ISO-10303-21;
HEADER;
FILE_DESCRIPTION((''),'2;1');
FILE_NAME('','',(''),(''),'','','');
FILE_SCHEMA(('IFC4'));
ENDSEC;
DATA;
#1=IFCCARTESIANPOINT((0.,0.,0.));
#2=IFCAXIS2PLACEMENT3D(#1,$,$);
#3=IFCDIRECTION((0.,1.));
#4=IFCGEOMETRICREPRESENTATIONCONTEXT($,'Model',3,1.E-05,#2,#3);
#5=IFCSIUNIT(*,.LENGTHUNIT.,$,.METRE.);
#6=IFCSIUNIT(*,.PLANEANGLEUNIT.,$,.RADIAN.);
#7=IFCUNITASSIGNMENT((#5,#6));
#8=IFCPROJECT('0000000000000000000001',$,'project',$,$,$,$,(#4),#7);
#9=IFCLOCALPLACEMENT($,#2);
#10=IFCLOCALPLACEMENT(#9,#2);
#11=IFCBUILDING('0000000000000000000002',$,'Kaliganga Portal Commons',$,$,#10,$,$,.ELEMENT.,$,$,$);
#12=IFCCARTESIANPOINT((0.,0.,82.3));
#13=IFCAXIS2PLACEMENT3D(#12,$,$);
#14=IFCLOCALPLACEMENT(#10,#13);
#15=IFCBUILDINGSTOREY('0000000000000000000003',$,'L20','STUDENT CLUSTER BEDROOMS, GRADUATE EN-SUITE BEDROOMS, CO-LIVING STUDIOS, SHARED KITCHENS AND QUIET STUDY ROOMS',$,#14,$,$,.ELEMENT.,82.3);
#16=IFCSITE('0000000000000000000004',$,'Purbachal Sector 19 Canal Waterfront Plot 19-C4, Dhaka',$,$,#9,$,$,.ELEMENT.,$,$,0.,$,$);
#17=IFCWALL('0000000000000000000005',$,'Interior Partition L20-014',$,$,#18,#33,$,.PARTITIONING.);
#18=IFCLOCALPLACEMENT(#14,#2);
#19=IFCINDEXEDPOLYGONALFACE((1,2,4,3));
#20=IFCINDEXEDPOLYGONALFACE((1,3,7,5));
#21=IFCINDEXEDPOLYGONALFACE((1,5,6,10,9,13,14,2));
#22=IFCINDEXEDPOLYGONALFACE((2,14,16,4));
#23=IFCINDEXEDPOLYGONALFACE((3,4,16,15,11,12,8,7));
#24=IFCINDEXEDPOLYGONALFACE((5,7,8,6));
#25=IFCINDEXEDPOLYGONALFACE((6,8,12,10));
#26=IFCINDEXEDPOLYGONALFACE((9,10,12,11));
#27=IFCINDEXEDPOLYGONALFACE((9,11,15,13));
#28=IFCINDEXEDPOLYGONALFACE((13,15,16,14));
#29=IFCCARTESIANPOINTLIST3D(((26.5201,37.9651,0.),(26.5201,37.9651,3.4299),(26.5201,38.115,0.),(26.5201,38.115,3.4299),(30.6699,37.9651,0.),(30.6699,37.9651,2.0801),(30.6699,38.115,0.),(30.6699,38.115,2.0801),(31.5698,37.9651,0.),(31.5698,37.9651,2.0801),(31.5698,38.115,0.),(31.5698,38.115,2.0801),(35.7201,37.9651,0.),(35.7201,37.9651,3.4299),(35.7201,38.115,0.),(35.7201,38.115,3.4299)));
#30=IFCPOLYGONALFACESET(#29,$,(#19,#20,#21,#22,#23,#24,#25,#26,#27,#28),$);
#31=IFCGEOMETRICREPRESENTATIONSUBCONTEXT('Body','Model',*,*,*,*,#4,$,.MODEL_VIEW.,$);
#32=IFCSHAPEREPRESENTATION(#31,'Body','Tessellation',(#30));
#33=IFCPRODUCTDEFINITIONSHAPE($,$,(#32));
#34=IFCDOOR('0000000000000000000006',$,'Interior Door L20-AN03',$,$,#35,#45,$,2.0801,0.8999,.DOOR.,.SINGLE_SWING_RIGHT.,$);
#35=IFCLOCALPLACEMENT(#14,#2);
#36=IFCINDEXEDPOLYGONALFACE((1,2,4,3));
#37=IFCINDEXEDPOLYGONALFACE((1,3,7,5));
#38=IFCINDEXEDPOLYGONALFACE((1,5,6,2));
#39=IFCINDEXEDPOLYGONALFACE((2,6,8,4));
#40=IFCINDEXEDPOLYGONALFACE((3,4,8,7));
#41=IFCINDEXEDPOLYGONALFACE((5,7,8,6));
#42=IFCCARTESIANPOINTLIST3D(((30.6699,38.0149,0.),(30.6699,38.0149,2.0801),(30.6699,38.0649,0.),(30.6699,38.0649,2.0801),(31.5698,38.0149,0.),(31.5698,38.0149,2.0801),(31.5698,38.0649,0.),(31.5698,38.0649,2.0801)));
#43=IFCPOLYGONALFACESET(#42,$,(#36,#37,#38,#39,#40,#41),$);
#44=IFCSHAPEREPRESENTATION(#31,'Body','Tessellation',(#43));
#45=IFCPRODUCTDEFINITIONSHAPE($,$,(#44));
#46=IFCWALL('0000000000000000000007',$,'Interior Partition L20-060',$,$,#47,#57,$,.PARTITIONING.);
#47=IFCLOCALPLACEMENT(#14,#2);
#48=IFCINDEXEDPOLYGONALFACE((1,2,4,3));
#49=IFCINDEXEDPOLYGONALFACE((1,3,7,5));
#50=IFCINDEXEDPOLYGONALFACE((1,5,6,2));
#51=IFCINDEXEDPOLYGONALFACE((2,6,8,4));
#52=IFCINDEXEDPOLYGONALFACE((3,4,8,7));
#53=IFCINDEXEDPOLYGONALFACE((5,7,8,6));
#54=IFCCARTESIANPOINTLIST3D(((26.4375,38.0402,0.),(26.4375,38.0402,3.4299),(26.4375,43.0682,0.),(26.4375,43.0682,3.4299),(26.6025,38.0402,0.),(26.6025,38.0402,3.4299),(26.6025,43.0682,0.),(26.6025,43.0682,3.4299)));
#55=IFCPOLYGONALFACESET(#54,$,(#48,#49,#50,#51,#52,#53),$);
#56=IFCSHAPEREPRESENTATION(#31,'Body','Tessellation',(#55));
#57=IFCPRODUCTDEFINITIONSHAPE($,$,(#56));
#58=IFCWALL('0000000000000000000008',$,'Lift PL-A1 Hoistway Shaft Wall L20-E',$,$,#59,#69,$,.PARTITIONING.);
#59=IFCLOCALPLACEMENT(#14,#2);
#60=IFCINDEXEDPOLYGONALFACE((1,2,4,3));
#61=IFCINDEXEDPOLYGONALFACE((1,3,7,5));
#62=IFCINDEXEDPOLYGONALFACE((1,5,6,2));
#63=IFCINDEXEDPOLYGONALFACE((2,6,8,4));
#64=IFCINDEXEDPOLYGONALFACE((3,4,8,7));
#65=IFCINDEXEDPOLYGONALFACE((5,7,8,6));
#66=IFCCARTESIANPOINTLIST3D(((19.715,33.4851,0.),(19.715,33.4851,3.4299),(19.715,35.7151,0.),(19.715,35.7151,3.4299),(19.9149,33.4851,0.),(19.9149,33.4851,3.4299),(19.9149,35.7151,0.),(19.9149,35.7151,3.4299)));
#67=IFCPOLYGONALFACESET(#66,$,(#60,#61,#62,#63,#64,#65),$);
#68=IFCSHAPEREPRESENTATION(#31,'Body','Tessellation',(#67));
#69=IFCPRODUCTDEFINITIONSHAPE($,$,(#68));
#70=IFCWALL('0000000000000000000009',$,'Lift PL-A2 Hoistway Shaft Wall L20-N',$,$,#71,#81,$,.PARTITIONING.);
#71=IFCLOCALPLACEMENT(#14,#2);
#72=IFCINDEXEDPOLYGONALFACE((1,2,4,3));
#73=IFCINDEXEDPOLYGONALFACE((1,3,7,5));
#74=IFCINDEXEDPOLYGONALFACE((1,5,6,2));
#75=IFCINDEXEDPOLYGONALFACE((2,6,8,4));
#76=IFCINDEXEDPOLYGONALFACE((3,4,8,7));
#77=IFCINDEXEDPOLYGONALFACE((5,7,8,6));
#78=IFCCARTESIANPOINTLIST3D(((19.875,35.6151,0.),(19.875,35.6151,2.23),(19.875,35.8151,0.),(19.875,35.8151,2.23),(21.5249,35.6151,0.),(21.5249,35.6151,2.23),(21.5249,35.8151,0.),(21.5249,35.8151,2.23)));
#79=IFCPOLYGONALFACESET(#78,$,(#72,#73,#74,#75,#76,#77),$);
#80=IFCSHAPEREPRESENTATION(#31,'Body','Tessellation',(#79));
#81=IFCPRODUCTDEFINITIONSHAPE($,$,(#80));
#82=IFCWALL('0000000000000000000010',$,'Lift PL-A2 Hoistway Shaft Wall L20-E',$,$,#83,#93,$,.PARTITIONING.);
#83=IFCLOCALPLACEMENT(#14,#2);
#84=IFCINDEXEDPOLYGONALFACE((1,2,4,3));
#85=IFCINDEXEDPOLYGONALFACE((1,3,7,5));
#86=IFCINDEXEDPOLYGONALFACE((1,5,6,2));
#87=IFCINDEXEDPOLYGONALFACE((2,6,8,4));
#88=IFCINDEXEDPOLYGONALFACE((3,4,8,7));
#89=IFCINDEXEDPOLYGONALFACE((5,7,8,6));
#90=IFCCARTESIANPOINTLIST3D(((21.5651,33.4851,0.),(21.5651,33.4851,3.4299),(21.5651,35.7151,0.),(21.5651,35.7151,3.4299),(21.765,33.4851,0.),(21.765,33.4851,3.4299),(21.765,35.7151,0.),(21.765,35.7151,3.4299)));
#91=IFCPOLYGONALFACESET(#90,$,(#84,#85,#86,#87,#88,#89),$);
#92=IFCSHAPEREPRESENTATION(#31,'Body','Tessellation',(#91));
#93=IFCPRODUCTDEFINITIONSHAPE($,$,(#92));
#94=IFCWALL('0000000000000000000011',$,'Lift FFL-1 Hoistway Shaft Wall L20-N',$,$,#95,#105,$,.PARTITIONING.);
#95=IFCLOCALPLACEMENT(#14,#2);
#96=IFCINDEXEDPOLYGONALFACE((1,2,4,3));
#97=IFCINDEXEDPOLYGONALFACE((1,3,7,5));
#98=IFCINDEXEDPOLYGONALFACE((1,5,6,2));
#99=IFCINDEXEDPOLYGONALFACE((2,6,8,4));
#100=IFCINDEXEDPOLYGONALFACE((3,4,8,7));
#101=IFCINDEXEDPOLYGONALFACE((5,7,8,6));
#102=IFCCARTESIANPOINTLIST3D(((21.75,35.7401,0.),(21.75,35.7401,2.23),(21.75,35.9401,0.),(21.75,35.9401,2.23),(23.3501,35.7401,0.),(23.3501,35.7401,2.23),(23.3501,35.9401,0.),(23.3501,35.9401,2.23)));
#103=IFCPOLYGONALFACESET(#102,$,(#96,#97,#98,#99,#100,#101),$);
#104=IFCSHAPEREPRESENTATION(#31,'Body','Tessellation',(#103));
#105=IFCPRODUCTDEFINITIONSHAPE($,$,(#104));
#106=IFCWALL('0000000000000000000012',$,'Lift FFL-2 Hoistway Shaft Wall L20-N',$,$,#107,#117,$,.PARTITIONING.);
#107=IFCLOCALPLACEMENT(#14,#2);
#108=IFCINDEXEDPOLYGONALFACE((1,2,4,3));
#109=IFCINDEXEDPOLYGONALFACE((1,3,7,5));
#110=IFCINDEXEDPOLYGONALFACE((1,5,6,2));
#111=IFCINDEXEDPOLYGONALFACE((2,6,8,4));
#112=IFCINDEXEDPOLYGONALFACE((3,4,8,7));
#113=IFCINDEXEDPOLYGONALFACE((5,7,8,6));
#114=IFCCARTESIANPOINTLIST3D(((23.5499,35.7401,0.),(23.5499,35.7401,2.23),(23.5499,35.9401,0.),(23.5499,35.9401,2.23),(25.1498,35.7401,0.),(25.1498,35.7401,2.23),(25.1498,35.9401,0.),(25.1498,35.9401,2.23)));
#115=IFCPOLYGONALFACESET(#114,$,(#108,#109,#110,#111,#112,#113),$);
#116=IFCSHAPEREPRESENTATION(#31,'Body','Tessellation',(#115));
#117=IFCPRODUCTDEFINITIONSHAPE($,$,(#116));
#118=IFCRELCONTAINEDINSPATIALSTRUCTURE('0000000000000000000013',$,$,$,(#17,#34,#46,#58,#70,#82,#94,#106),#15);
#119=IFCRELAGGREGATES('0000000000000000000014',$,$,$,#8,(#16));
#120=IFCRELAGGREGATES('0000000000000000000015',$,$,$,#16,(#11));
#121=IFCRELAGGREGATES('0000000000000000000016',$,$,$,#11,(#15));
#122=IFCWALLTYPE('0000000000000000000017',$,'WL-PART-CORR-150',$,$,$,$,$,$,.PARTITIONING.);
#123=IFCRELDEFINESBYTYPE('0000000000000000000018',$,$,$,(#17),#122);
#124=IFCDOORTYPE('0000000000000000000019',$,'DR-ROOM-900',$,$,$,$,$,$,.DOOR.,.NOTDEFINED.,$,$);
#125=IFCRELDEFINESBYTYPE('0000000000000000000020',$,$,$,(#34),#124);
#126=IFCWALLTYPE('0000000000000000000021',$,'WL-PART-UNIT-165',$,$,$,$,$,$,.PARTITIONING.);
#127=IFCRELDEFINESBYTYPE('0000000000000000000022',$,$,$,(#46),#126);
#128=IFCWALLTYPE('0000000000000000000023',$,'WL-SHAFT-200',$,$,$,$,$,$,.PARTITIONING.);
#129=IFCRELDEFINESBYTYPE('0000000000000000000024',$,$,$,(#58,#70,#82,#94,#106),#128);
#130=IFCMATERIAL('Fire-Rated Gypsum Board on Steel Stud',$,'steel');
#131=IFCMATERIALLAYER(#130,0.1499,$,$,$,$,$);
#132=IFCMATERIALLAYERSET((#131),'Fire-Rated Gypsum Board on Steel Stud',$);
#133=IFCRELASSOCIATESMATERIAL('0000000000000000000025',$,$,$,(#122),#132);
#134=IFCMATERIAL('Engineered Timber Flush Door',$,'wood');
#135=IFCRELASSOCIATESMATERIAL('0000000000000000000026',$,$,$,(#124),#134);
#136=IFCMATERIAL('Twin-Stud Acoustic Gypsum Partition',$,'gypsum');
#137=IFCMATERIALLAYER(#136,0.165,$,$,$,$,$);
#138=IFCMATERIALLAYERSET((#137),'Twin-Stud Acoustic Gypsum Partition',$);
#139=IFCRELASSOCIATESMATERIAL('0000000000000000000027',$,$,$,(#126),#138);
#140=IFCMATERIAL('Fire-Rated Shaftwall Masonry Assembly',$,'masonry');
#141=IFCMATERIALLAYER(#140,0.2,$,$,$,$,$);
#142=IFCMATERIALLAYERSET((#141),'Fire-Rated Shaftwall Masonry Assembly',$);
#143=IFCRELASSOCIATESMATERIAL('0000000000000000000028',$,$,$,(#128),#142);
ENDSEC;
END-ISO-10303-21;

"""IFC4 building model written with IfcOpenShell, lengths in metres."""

from ifc_helpers import new_model, si_unit, direction, frame, frame_2d, origin, place, context, subcontext, project, spatial, rectangle, extrude, material, layer, layer_set, type_object, element, fill, save


model = new_model("IFC4")

# Units and contexts
model_context = context("Model", 3, precision=1e-05, world=origin(), true_north=direction((0.0, 1.0)))
body_context = subcontext(model_context, "Body", "Model", "MODEL_VIEW")
ifc_project = project(units=[si_unit("LENGTHUNIT", "METRE"), si_unit("PLANEANGLEUNIT", "RADIAN")], contexts=[model_context])

# Site, building, storey
site_placement = place(None, origin())
site = spatial("IfcSite", under=ifc_project, at=site_placement, Name="Purbachal Sector 19 Canal Waterfront Plot 19-C4, Dhaka", CompositionType="ELEMENT", RefElevation=0.0)
building_placement = place(site_placement, origin())
building = spatial("IfcBuilding", under=site, at=building_placement, Name="Kaliganga Portal Commons", CompositionType="ELEMENT")
storey_placement = place(building_placement, frame((0.0, 0.0, 82.3)))
storey = spatial("IfcBuildingStorey", under=building, at=storey_placement, Name="L20", Description="STUDENT CLUSTER BEDROOMS, GRADUATE EN-SUITE BEDROOMS, CO-LIVING STUDIOS, SHARED KITCHENS AND QUIET STUDY ROOMS", CompositionType="ELEMENT", Elevation=82.3)

# Wall, opening, door
ifc_material_1 = material(Name="Fire-Rated Gypsum Board on Steel Stud", Category="steel")
ifc_layer_1 = layer(ifc_material_1, 0.1499)
ifc_layer_set_1 = layer_set([ifc_layer_1], Name="Fire-Rated Gypsum Board on Steel Stud")
wall_type_1 = type_object("IfcWallType", Name="WL-PART-CORR-150", PredefinedType="PARTITIONING", material=ifc_layer_set_1)
wall_1_placement = place(storey_placement, frame((26.52, 38.04, 0.0), z_axis=(0.0, 0.0, 1.0), x_axis=(1.0, 0.0, 0.0)))
wall_1 = element("IfcWall", 1, at=wall_1_placement, inside=storey, type_object=wall_type_1, Name="Interior Partition L20-014", PredefinedType="PARTITIONING", context=body_context, shape_type="SweptSolid", body=[
    extrude(rectangle(XDim=9.2, YDim=0.1499, at=frame_2d((4.6001, 0.0))), origin(), (0.0, 0.0, 1.0), 3.4299),
])
opening_1_placement = place(wall_1_placement, frame((4.1499, 0.0, 0.0)))
opening_1 = element("IfcOpeningElement", 2, at=opening_1_placement, cuts=wall_1, PredefinedType="OPENING", context=body_context, shape_type="SweptSolid", body=[
    extrude(rectangle(XDim=0.8999, YDim=2.0801, at=frame_2d((0.45, 1.04))), frame((0.0, 0.085, 0.0), z_axis=(0.0, -1.0, 0.0), x_axis=(1.0, 0.0, 0.0)), (0.0, 0.0, 1.0), 0.1699),
])
ifc_material_2 = material(Name="Engineered Timber Flush Door", Category="wood")
door_type_1 = type_object("IfcDoorType", Name="DR-ROOM-900", OperationType="NOTDEFINED", PredefinedType="DOOR", material=ifc_material_2)
door_1_placement = place(opening_1_placement, origin())
door_1 = element("IfcDoor", 3, at=door_1_placement, inside=storey, type_object=door_type_1, Name="Interior Door L20-AN03", OperationType="SINGLE_SWING_RIGHT", OverallHeight=2.0801, OverallWidth=0.8999, PredefinedType="DOOR", context=body_context, shape_type="SweptSolid", body=[
    extrude(rectangle(XDim=0.8999, YDim=2.0801, at=frame_2d((0.45, 1.04))), frame((0.0, 0.0249, 0.0), z_axis=(0.0, -1.0, 0.0), x_axis=(1.0, 0.0, 0.0)), (0.0, 0.0, 1.0), 0.05),
])
fill(opening_1, door_1)

# Walls
ifc_material_3 = material(Name="Twin-Stud Acoustic Gypsum Partition", Category="gypsum")
ifc_layer_2 = layer(ifc_material_3, 0.165)
ifc_layer_set_2 = layer_set([ifc_layer_2], Name="Twin-Stud Acoustic Gypsum Partition")
wall_type_2 = type_object("IfcWallType", Name="WL-PART-UNIT-165", PredefinedType="PARTITIONING", material=ifc_layer_set_2)
wall_2_placement = place(storey_placement, frame((26.52, 38.04, 0.0), z_axis=(0.0, 0.0, 1.0), x_axis=(0.0, 1.0, 0.0)))
element("IfcWall", 4, at=wall_2_placement, inside=storey, type_object=wall_type_2, Name="Interior Partition L20-060", PredefinedType="PARTITIONING", context=body_context, shape_type="SweptSolid", body=[
    extrude(rectangle(XDim=5.0281, YDim=0.165, at=frame_2d((2.5142, 0.0))), origin(), (0.0, 0.0, 1.0), 3.4299),
])
ifc_material_4 = material(Name="Fire-Rated Shaftwall Masonry Assembly", Category="masonry")
ifc_layer_3 = layer(ifc_material_4, 0.2)
ifc_layer_set_3 = layer_set([ifc_layer_3], Name="Fire-Rated Shaftwall Masonry Assembly")
wall_type_3 = type_object("IfcWallType", Name="WL-SHAFT-200", PredefinedType="PARTITIONING", material=ifc_layer_set_3)
wall_3_placement = place(storey_placement, frame((19.8149, 33.4851, 0.0), z_axis=(0.0, 0.0, 1.0), x_axis=(0.0, 1.0, 0.0)))
element("IfcWall", 5, at=wall_3_placement, inside=storey, type_object=wall_type_3, Name="Lift PL-A1 Hoistway Shaft Wall L20-E", PredefinedType="PARTITIONING", context=body_context, shape_type="SweptSolid", body=[
    extrude(rectangle(XDim=2.23, YDim=0.2, at=frame_2d((1.115, 0.0))), origin(), (0.0, 0.0, 1.0), 3.4299),
])

# Walls
wall_4_placement = place(storey_placement, frame((19.875, 35.7151, 0.0), z_axis=(0.0, 0.0, 1.0), x_axis=(1.0, 0.0, 0.0)))
element("IfcWall", 6, at=wall_4_placement, inside=storey, type_object=wall_type_3, Name="Lift PL-A2 Hoistway Shaft Wall L20-N", PredefinedType="PARTITIONING", context=body_context, shape_type="SweptSolid", body=[
    extrude(rectangle(XDim=1.6499, YDim=0.2, at=frame_2d((0.825, 0.0))), origin(), (0.0, 0.0, 1.0), 2.23),
])
wall_5_placement = place(storey_placement, frame((21.665, 33.4851, 0.0), z_axis=(0.0, 0.0, 1.0), x_axis=(0.0, 1.0, 0.0)))
element("IfcWall", 7, at=wall_5_placement, inside=storey, type_object=wall_type_3, Name="Lift PL-A2 Hoistway Shaft Wall L20-E", PredefinedType="PARTITIONING", context=body_context, shape_type="SweptSolid", body=[
    extrude(rectangle(XDim=2.23, YDim=0.2, at=frame_2d((1.115, 0.0))), origin(), (0.0, 0.0, 1.0), 3.4299),
])
wall_6_placement = place(storey_placement, frame((21.75, 35.8401, 0.0), z_axis=(0.0, 0.0, 1.0), x_axis=(1.0, 0.0, 0.0)))
element("IfcWall", 8, at=wall_6_placement, inside=storey, type_object=wall_type_3, Name="Lift FFL-1 Hoistway Shaft Wall L20-N", PredefinedType="PARTITIONING", context=body_context, shape_type="SweptSolid", body=[
    extrude(rectangle(XDim=1.6001, YDim=0.2, at=frame_2d((0.8, 0.0))), origin(), (0.0, 0.0, 1.0), 2.23),
])

# Wall
wall_7_placement = place(storey_placement, frame((23.55, 35.8401, 0.0), z_axis=(0.0, 0.0, 1.0), x_axis=(1.0, 0.0, 0.0)))
element("IfcWall", 9, at=wall_7_placement, inside=storey, type_object=wall_type_3, Name="Lift FFL-2 Hoistway Shaft Wall L20-N", PredefinedType="PARTITIONING", context=body_context, shape_type="SweptSolid", body=[
    extrude(rectangle(XDim=1.5999, YDim=0.2, at=frame_2d((0.7998, 0.0))), origin(), (0.0, 0.0, 1.0), 2.23),
])

save(model, "model.ifc")
